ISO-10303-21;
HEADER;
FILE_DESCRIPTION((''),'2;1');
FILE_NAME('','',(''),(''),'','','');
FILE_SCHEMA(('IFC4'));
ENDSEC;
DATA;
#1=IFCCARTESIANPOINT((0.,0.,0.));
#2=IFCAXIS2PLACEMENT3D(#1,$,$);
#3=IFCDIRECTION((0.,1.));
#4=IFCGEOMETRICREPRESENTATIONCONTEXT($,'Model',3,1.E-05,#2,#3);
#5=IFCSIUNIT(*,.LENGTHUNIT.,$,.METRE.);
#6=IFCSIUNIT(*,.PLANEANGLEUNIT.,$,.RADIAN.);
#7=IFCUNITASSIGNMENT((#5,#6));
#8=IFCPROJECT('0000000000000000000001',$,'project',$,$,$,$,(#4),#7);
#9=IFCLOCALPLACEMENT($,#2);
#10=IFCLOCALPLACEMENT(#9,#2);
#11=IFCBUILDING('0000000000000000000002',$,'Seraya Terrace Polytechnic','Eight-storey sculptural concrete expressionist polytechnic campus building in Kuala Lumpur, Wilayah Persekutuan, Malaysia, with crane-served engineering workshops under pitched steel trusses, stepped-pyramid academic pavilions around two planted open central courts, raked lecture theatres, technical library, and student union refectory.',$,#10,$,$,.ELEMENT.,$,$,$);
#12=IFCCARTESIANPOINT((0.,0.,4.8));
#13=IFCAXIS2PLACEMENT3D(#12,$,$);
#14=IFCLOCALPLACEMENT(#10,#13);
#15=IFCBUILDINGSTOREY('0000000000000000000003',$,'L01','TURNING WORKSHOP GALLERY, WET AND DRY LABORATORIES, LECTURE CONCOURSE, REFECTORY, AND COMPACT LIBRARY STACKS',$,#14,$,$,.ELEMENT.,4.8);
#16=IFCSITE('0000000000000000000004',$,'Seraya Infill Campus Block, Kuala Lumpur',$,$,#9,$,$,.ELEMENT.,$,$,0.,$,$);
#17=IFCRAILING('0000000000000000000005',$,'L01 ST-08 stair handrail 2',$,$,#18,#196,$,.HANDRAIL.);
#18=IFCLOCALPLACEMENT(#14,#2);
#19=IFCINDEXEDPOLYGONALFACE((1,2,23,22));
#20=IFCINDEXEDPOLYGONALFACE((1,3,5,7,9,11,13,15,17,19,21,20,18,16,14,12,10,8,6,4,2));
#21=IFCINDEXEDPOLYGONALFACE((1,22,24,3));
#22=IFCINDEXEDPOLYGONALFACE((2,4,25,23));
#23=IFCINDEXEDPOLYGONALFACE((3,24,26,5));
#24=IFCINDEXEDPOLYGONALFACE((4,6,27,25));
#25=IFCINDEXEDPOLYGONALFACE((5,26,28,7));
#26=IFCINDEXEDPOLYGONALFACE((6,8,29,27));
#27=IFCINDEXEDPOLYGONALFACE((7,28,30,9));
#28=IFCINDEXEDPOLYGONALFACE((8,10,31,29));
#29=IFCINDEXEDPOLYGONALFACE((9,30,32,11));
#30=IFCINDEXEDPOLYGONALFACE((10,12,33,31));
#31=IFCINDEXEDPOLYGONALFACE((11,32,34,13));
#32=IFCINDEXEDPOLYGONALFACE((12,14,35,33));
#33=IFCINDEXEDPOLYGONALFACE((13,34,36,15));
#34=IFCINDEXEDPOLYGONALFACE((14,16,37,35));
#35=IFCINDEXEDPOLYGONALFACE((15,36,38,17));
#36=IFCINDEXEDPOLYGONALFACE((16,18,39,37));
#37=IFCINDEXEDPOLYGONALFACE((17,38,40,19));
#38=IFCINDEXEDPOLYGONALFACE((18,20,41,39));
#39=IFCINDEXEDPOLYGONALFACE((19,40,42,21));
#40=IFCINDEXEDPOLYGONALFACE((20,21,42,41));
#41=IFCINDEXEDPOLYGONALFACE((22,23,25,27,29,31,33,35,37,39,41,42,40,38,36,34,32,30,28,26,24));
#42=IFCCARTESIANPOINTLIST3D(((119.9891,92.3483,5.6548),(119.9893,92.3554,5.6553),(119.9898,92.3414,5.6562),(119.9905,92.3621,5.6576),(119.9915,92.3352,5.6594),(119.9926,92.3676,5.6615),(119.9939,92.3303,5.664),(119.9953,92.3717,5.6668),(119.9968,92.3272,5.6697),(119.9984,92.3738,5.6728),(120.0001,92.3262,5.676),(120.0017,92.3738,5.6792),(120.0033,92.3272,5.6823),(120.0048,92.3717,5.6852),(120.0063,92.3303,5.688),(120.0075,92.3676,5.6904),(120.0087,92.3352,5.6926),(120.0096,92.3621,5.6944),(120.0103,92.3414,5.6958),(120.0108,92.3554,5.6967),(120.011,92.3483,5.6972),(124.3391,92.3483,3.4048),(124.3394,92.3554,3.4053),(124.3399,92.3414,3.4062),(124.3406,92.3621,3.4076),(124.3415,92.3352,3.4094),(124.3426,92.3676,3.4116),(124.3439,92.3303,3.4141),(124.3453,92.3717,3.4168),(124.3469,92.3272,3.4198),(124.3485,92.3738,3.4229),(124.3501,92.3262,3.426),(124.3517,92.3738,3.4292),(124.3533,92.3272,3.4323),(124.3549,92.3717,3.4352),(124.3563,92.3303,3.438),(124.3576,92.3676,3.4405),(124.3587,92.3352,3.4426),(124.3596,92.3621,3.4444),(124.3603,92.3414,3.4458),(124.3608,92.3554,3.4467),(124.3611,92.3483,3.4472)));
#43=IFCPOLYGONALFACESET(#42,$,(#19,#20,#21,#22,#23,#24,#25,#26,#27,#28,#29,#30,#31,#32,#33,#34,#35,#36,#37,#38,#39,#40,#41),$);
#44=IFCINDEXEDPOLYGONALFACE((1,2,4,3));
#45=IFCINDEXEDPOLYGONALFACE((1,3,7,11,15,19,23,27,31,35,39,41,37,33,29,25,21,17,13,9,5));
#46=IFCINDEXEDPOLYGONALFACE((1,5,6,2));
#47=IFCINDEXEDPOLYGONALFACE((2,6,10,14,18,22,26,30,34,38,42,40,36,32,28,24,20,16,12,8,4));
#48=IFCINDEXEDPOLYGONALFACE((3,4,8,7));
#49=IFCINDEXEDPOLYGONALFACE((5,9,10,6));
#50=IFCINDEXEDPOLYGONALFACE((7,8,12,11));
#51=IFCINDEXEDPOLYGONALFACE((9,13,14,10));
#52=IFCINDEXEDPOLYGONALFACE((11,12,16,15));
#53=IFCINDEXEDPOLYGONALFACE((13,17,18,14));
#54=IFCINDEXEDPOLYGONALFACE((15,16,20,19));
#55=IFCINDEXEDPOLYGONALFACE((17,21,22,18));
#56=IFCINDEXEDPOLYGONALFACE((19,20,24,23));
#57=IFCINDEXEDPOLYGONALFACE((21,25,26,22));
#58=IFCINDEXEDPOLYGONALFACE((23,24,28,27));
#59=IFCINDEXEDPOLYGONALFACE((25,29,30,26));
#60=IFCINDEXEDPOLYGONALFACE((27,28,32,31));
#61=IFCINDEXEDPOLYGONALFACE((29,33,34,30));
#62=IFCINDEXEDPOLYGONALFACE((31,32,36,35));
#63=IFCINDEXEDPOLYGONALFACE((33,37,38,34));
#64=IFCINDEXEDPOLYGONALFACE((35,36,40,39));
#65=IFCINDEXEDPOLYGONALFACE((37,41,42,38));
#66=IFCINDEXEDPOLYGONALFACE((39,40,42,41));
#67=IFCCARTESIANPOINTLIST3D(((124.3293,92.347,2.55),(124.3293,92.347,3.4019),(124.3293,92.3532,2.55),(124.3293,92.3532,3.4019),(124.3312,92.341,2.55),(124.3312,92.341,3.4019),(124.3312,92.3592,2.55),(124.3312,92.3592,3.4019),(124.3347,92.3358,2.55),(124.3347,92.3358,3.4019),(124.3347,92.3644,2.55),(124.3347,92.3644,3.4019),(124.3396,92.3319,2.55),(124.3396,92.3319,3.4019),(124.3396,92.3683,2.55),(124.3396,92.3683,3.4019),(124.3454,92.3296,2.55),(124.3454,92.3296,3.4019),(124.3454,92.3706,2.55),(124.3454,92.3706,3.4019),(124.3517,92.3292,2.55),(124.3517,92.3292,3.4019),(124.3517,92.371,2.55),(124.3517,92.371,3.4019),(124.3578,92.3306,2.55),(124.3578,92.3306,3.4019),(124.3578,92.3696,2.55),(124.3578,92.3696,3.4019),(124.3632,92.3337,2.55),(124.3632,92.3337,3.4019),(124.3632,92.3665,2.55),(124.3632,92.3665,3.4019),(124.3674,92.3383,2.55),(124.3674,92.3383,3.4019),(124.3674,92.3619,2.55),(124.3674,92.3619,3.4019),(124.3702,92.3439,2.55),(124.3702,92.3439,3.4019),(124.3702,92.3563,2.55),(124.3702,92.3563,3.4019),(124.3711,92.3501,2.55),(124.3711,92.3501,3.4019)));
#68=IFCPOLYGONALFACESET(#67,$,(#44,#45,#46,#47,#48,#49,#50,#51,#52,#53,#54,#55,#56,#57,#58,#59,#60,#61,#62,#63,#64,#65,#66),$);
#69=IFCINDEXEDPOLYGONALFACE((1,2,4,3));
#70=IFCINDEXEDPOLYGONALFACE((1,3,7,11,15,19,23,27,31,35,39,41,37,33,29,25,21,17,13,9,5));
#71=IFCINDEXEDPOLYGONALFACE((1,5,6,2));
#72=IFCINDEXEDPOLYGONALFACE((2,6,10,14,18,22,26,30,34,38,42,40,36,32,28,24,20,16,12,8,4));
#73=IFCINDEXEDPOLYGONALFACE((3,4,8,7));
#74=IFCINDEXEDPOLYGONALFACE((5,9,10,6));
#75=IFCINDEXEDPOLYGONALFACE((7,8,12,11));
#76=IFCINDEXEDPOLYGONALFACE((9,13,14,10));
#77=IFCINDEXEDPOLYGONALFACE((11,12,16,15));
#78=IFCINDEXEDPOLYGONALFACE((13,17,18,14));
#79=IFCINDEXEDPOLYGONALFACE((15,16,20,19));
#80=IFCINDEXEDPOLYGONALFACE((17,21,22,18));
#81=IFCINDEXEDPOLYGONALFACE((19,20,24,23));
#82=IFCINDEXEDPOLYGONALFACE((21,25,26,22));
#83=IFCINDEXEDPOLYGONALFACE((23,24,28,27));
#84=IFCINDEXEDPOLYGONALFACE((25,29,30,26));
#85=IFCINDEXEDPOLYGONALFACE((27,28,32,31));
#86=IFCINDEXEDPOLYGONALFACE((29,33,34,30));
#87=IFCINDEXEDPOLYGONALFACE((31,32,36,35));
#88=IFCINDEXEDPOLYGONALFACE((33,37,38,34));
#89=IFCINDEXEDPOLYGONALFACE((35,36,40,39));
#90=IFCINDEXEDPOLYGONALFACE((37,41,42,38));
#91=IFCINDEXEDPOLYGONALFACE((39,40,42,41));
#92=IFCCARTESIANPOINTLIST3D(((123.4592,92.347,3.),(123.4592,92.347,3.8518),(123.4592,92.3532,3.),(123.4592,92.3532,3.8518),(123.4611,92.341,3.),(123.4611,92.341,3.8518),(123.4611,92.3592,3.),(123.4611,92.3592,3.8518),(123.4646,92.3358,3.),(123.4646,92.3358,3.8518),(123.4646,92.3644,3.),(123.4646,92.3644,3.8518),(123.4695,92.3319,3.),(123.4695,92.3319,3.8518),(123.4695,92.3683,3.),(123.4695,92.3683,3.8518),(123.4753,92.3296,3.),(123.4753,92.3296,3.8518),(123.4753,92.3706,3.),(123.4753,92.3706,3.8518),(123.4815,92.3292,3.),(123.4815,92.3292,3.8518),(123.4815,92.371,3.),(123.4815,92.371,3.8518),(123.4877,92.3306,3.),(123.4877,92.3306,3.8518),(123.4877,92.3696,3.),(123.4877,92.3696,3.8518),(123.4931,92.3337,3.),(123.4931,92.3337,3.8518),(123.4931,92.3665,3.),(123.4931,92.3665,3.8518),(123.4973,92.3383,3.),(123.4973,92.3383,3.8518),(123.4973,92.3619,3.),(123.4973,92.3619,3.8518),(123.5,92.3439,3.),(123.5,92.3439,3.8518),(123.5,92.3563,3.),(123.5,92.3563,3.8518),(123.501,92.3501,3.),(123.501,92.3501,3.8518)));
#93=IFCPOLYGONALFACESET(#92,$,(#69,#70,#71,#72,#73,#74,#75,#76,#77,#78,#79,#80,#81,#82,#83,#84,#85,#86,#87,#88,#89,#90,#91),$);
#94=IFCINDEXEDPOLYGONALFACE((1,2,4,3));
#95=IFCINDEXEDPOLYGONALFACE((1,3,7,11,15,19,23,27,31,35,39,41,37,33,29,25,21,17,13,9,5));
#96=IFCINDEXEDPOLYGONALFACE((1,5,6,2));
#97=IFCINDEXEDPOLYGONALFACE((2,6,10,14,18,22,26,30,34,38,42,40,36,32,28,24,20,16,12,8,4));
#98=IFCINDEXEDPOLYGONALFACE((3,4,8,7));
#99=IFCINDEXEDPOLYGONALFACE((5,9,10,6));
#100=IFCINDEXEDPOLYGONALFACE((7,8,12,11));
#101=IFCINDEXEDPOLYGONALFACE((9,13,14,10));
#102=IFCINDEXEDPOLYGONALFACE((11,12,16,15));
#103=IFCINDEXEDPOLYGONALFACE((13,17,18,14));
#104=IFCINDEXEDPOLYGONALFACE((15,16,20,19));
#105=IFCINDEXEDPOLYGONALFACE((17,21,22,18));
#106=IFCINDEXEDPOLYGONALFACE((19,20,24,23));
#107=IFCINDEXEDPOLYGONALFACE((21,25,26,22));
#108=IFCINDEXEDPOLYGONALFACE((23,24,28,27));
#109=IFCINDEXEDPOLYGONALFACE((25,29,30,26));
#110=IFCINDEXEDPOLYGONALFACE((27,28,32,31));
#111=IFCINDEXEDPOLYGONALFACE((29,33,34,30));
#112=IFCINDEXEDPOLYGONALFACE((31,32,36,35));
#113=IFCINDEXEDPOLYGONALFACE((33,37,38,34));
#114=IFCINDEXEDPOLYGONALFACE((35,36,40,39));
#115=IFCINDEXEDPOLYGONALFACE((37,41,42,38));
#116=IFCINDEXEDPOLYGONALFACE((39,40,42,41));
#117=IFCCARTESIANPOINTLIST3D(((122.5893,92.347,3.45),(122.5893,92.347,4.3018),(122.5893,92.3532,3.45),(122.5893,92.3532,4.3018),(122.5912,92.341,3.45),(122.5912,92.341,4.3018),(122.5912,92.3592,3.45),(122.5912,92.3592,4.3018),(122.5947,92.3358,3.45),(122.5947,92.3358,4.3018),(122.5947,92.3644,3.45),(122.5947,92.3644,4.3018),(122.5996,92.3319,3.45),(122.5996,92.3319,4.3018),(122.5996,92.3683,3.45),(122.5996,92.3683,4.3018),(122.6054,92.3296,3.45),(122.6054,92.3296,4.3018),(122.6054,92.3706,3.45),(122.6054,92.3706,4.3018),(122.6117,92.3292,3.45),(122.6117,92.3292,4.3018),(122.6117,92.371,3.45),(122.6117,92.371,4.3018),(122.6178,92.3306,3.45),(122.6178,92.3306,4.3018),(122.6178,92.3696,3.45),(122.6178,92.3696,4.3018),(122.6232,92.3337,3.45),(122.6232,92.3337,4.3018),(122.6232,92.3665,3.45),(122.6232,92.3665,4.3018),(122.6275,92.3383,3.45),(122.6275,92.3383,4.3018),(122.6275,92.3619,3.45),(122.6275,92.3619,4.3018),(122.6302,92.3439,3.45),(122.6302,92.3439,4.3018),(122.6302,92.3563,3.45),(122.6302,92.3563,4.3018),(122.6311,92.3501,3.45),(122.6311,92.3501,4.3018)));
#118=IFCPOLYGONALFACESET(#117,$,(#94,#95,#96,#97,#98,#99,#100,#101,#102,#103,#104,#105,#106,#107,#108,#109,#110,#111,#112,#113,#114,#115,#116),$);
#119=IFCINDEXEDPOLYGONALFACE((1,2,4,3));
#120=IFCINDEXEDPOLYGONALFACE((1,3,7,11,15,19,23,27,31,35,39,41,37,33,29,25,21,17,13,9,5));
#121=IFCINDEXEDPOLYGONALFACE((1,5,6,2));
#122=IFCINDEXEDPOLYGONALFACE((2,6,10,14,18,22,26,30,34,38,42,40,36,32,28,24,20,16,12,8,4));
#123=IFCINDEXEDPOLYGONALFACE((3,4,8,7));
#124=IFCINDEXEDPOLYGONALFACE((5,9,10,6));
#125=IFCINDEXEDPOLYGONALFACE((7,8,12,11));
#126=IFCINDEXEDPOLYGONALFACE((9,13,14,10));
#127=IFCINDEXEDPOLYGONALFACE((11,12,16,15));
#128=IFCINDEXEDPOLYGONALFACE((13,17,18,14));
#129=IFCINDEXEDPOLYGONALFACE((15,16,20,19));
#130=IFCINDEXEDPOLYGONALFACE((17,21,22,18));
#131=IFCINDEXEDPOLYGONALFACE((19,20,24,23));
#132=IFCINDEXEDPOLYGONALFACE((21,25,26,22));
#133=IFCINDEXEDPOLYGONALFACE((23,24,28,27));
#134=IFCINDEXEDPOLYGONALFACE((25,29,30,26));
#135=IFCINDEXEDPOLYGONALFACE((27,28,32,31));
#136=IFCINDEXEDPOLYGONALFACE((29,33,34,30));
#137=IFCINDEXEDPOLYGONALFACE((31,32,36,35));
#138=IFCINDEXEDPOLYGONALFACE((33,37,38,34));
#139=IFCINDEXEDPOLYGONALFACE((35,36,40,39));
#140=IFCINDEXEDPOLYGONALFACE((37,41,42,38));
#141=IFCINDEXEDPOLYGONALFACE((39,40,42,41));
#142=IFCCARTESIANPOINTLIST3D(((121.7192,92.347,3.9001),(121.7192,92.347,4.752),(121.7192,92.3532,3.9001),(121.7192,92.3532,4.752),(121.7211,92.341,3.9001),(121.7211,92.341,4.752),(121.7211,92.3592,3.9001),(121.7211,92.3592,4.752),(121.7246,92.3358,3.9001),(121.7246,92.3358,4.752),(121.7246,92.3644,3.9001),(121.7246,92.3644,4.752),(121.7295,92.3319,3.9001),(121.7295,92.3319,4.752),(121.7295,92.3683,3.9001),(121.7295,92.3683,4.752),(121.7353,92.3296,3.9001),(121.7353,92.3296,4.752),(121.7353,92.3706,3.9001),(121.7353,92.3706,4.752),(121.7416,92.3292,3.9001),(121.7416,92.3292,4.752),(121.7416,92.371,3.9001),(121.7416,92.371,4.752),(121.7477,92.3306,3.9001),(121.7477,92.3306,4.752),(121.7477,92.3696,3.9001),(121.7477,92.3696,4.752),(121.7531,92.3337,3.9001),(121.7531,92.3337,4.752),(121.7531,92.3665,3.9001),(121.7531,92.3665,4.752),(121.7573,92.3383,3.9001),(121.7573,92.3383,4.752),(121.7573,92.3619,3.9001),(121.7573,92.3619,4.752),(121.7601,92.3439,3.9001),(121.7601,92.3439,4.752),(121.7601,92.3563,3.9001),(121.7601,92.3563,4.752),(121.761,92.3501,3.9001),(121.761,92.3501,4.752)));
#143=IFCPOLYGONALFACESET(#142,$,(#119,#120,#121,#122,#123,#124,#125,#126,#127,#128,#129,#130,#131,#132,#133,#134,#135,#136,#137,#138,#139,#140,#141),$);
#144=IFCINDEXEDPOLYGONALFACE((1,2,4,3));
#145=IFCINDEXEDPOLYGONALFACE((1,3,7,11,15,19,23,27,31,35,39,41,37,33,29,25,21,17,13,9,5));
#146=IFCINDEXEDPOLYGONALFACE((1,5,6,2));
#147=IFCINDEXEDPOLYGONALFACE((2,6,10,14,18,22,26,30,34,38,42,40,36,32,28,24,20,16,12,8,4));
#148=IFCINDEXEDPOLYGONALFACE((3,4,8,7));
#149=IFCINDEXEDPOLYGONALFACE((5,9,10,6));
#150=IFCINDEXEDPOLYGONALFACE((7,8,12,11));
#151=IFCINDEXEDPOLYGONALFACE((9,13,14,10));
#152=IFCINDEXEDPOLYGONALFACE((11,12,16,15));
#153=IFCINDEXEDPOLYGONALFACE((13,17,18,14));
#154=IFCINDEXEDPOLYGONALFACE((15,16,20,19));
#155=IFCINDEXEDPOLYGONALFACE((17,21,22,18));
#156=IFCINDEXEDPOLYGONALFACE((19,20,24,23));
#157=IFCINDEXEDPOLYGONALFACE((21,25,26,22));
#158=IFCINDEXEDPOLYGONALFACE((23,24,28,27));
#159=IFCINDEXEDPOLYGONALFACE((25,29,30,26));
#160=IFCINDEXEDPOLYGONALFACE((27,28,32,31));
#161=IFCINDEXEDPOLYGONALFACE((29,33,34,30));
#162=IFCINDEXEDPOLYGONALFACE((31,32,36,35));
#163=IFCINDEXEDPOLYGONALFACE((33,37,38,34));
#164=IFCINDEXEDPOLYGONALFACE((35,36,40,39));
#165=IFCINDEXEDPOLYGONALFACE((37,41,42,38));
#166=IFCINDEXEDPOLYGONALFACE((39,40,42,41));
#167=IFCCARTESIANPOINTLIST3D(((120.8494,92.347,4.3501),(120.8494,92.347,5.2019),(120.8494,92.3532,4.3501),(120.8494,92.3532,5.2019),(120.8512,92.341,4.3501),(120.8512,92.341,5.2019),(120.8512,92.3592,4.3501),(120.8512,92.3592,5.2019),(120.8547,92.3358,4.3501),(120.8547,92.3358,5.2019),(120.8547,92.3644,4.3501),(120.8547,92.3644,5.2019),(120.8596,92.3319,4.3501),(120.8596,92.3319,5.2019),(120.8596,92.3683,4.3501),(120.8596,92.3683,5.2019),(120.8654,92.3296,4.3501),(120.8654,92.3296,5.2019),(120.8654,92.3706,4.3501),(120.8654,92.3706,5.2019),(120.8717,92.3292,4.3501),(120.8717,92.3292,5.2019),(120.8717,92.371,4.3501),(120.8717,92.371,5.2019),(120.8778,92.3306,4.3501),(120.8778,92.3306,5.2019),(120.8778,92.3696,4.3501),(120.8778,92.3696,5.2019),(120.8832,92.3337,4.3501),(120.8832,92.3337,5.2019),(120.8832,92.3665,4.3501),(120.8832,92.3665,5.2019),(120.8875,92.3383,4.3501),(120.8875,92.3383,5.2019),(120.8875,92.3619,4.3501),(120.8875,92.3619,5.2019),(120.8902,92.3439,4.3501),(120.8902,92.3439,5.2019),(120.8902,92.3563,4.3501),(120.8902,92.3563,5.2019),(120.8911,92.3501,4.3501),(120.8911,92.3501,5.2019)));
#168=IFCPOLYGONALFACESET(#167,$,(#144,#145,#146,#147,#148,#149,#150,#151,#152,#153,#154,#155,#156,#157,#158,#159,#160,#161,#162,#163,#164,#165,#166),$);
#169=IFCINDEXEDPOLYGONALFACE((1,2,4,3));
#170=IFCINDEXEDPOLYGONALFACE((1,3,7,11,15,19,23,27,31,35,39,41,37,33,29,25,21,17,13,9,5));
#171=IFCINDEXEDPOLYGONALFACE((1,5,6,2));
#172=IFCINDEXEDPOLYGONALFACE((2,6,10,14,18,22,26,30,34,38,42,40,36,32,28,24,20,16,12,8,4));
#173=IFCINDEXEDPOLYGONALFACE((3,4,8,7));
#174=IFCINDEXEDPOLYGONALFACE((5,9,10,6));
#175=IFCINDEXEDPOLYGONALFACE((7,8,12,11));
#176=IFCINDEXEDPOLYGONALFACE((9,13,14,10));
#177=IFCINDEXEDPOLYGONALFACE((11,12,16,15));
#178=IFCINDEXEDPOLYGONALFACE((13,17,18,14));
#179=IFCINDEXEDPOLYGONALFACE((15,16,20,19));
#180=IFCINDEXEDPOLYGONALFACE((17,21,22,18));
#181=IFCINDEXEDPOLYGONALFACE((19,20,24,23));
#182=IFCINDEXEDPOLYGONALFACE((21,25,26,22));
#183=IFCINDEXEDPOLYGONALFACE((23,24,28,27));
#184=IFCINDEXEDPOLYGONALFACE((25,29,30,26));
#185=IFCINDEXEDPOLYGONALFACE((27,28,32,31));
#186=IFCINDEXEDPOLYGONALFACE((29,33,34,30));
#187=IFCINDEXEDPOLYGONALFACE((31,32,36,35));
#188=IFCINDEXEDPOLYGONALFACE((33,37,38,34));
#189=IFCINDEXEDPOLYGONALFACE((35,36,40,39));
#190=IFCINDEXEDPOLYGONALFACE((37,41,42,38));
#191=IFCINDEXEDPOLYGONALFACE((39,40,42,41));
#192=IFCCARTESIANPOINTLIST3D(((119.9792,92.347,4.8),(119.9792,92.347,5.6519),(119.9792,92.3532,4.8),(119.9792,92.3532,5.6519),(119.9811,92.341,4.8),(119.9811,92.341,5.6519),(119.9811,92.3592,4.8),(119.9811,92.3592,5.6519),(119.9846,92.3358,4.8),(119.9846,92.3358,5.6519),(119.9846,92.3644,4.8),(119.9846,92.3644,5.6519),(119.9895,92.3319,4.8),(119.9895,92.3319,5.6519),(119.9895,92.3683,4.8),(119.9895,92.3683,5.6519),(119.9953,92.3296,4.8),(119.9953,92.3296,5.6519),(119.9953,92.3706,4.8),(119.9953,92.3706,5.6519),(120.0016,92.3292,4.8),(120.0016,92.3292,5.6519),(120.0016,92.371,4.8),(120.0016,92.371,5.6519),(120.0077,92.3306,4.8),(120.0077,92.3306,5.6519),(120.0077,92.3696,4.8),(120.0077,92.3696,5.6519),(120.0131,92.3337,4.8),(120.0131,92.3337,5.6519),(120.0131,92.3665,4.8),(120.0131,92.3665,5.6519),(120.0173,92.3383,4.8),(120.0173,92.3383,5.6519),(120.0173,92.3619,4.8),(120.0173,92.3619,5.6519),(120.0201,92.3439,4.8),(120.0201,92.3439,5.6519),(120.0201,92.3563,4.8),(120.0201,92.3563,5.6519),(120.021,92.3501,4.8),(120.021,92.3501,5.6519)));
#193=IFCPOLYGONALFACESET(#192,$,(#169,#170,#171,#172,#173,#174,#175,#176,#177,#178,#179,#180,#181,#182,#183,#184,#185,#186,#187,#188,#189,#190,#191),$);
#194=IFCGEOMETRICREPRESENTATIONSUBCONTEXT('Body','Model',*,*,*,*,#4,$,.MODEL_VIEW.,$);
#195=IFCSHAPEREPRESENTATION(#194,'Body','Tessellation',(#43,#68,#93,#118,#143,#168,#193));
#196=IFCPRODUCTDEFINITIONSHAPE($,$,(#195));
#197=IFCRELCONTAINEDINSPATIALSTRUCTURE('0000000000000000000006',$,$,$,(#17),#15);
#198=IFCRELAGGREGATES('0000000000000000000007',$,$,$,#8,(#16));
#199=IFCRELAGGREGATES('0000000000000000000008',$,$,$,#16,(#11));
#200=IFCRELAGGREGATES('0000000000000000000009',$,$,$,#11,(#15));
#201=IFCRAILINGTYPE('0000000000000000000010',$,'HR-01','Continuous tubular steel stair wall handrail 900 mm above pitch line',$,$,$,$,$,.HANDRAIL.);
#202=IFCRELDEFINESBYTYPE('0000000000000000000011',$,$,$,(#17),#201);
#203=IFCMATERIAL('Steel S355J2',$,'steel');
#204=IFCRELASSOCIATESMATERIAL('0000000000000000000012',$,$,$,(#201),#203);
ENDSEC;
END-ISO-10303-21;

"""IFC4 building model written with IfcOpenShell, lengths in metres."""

from ifc_helpers import new_model, si_unit, direction, frame, origin, origin_2d, place, context, subcontext, project, spatial, circle, extrude, material, type_object, element, save


model = new_model("IFC4")

# Units and contexts
model_context = context("Model", 3, precision=1e-05, world=origin(), true_north=direction((0.0, 1.0)))
body_context = subcontext(model_context, "Body", "Model", "MODEL_VIEW")
ifc_project = project(units=[si_unit("LENGTHUNIT", "METRE"), si_unit("PLANEANGLEUNIT", "RADIAN")], contexts=[model_context])

# Site, building, storey
site_placement = place(None, origin())
site = spatial("IfcSite", under=ifc_project, at=site_placement, Name="Seraya Infill Campus Block, Kuala Lumpur", CompositionType="ELEMENT", RefElevation=0.0)
building_placement = place(site_placement, origin())
building = spatial("IfcBuilding", under=site, at=building_placement, Name="Seraya Terrace Polytechnic", Description="Eight-storey sculptural concrete expressionist polytechnic campus building in Kuala Lumpur, Wilayah Persekutuan, Malaysia, with crane-served engineering workshops under pitched steel trusses, stepped-pyramid academic pavilions around two planted open central courts, raked lecture theatres, technical library, and student union refectory.", CompositionType="ELEMENT")
storey_placement = place(building_placement, frame((0.0, 0.0, 4.8)))
storey = spatial("IfcBuildingStorey", under=building, at=storey_placement, Name="L01", Description="TURNING WORKSHOP GALLERY, WET AND DRY LABORATORIES, LECTURE CONCOURSE, REFECTORY, AND COMPACT LIBRARY STACKS", CompositionType="ELEMENT", Elevation=4.8)

# Shared definitions
ifc_material_1 = material(Name="Steel S355J2", Category="steel")

# Railing
railing_type_1 = type_object("IfcRailingType", Name="HR-01", Description="Continuous tubular steel stair wall handrail 900 mm above pitch line", PredefinedType="HANDRAIL", material=ifc_material_1)
railing_1_placement = place(storey_placement, frame((124.3501, 92.3501, 2.55)))
element("IfcRailing", 1, at=railing_1_placement, inside=storey, type_object=railing_type_1, Name="L01 ST-08 stair handrail 2", PredefinedType="HANDRAIL", context=body_context, shape_type="SweptSolid", body=[
    extrude(circle(Radius=0.0239, at=origin_2d()), frame((0.0, 0.0, 0.876), z_axis=(-0.888222, 0.0, 0.459415), x_axis=(0.0, -1.0, 0.0)), (0.0, 0.0, 1.0), 4.8975),
    extrude(circle(Radius=0.021, at=origin_2d()), origin(), (0.0, 0.0, 1.0), 0.8518),
    extrude(circle(Radius=0.021, at=origin_2d()), frame((-0.8701, 0.0, 0.45)), (0.0, 0.0, 1.0), 0.8518),
    extrude(circle(Radius=0.021, at=origin_2d()), frame((-1.74, 0.0, 0.8999)), (0.0, 0.0, 1.0), 0.8518),
    extrude(circle(Radius=0.021, at=origin_2d()), frame((-2.6101, 0.0, 1.3501)), (0.0, 0.0, 1.0), 0.8518),
    extrude(circle(Radius=0.021, at=origin_2d()), frame((-3.48, 0.0, 1.8)), (0.0, 0.0, 1.0), 0.8518),
    extrude(circle(Radius=0.021, at=origin_2d()), frame((-4.3501, 0.0, 2.25)), (0.0, 0.0, 1.0), 0.8518),
])

save(model, "model.ifc")
